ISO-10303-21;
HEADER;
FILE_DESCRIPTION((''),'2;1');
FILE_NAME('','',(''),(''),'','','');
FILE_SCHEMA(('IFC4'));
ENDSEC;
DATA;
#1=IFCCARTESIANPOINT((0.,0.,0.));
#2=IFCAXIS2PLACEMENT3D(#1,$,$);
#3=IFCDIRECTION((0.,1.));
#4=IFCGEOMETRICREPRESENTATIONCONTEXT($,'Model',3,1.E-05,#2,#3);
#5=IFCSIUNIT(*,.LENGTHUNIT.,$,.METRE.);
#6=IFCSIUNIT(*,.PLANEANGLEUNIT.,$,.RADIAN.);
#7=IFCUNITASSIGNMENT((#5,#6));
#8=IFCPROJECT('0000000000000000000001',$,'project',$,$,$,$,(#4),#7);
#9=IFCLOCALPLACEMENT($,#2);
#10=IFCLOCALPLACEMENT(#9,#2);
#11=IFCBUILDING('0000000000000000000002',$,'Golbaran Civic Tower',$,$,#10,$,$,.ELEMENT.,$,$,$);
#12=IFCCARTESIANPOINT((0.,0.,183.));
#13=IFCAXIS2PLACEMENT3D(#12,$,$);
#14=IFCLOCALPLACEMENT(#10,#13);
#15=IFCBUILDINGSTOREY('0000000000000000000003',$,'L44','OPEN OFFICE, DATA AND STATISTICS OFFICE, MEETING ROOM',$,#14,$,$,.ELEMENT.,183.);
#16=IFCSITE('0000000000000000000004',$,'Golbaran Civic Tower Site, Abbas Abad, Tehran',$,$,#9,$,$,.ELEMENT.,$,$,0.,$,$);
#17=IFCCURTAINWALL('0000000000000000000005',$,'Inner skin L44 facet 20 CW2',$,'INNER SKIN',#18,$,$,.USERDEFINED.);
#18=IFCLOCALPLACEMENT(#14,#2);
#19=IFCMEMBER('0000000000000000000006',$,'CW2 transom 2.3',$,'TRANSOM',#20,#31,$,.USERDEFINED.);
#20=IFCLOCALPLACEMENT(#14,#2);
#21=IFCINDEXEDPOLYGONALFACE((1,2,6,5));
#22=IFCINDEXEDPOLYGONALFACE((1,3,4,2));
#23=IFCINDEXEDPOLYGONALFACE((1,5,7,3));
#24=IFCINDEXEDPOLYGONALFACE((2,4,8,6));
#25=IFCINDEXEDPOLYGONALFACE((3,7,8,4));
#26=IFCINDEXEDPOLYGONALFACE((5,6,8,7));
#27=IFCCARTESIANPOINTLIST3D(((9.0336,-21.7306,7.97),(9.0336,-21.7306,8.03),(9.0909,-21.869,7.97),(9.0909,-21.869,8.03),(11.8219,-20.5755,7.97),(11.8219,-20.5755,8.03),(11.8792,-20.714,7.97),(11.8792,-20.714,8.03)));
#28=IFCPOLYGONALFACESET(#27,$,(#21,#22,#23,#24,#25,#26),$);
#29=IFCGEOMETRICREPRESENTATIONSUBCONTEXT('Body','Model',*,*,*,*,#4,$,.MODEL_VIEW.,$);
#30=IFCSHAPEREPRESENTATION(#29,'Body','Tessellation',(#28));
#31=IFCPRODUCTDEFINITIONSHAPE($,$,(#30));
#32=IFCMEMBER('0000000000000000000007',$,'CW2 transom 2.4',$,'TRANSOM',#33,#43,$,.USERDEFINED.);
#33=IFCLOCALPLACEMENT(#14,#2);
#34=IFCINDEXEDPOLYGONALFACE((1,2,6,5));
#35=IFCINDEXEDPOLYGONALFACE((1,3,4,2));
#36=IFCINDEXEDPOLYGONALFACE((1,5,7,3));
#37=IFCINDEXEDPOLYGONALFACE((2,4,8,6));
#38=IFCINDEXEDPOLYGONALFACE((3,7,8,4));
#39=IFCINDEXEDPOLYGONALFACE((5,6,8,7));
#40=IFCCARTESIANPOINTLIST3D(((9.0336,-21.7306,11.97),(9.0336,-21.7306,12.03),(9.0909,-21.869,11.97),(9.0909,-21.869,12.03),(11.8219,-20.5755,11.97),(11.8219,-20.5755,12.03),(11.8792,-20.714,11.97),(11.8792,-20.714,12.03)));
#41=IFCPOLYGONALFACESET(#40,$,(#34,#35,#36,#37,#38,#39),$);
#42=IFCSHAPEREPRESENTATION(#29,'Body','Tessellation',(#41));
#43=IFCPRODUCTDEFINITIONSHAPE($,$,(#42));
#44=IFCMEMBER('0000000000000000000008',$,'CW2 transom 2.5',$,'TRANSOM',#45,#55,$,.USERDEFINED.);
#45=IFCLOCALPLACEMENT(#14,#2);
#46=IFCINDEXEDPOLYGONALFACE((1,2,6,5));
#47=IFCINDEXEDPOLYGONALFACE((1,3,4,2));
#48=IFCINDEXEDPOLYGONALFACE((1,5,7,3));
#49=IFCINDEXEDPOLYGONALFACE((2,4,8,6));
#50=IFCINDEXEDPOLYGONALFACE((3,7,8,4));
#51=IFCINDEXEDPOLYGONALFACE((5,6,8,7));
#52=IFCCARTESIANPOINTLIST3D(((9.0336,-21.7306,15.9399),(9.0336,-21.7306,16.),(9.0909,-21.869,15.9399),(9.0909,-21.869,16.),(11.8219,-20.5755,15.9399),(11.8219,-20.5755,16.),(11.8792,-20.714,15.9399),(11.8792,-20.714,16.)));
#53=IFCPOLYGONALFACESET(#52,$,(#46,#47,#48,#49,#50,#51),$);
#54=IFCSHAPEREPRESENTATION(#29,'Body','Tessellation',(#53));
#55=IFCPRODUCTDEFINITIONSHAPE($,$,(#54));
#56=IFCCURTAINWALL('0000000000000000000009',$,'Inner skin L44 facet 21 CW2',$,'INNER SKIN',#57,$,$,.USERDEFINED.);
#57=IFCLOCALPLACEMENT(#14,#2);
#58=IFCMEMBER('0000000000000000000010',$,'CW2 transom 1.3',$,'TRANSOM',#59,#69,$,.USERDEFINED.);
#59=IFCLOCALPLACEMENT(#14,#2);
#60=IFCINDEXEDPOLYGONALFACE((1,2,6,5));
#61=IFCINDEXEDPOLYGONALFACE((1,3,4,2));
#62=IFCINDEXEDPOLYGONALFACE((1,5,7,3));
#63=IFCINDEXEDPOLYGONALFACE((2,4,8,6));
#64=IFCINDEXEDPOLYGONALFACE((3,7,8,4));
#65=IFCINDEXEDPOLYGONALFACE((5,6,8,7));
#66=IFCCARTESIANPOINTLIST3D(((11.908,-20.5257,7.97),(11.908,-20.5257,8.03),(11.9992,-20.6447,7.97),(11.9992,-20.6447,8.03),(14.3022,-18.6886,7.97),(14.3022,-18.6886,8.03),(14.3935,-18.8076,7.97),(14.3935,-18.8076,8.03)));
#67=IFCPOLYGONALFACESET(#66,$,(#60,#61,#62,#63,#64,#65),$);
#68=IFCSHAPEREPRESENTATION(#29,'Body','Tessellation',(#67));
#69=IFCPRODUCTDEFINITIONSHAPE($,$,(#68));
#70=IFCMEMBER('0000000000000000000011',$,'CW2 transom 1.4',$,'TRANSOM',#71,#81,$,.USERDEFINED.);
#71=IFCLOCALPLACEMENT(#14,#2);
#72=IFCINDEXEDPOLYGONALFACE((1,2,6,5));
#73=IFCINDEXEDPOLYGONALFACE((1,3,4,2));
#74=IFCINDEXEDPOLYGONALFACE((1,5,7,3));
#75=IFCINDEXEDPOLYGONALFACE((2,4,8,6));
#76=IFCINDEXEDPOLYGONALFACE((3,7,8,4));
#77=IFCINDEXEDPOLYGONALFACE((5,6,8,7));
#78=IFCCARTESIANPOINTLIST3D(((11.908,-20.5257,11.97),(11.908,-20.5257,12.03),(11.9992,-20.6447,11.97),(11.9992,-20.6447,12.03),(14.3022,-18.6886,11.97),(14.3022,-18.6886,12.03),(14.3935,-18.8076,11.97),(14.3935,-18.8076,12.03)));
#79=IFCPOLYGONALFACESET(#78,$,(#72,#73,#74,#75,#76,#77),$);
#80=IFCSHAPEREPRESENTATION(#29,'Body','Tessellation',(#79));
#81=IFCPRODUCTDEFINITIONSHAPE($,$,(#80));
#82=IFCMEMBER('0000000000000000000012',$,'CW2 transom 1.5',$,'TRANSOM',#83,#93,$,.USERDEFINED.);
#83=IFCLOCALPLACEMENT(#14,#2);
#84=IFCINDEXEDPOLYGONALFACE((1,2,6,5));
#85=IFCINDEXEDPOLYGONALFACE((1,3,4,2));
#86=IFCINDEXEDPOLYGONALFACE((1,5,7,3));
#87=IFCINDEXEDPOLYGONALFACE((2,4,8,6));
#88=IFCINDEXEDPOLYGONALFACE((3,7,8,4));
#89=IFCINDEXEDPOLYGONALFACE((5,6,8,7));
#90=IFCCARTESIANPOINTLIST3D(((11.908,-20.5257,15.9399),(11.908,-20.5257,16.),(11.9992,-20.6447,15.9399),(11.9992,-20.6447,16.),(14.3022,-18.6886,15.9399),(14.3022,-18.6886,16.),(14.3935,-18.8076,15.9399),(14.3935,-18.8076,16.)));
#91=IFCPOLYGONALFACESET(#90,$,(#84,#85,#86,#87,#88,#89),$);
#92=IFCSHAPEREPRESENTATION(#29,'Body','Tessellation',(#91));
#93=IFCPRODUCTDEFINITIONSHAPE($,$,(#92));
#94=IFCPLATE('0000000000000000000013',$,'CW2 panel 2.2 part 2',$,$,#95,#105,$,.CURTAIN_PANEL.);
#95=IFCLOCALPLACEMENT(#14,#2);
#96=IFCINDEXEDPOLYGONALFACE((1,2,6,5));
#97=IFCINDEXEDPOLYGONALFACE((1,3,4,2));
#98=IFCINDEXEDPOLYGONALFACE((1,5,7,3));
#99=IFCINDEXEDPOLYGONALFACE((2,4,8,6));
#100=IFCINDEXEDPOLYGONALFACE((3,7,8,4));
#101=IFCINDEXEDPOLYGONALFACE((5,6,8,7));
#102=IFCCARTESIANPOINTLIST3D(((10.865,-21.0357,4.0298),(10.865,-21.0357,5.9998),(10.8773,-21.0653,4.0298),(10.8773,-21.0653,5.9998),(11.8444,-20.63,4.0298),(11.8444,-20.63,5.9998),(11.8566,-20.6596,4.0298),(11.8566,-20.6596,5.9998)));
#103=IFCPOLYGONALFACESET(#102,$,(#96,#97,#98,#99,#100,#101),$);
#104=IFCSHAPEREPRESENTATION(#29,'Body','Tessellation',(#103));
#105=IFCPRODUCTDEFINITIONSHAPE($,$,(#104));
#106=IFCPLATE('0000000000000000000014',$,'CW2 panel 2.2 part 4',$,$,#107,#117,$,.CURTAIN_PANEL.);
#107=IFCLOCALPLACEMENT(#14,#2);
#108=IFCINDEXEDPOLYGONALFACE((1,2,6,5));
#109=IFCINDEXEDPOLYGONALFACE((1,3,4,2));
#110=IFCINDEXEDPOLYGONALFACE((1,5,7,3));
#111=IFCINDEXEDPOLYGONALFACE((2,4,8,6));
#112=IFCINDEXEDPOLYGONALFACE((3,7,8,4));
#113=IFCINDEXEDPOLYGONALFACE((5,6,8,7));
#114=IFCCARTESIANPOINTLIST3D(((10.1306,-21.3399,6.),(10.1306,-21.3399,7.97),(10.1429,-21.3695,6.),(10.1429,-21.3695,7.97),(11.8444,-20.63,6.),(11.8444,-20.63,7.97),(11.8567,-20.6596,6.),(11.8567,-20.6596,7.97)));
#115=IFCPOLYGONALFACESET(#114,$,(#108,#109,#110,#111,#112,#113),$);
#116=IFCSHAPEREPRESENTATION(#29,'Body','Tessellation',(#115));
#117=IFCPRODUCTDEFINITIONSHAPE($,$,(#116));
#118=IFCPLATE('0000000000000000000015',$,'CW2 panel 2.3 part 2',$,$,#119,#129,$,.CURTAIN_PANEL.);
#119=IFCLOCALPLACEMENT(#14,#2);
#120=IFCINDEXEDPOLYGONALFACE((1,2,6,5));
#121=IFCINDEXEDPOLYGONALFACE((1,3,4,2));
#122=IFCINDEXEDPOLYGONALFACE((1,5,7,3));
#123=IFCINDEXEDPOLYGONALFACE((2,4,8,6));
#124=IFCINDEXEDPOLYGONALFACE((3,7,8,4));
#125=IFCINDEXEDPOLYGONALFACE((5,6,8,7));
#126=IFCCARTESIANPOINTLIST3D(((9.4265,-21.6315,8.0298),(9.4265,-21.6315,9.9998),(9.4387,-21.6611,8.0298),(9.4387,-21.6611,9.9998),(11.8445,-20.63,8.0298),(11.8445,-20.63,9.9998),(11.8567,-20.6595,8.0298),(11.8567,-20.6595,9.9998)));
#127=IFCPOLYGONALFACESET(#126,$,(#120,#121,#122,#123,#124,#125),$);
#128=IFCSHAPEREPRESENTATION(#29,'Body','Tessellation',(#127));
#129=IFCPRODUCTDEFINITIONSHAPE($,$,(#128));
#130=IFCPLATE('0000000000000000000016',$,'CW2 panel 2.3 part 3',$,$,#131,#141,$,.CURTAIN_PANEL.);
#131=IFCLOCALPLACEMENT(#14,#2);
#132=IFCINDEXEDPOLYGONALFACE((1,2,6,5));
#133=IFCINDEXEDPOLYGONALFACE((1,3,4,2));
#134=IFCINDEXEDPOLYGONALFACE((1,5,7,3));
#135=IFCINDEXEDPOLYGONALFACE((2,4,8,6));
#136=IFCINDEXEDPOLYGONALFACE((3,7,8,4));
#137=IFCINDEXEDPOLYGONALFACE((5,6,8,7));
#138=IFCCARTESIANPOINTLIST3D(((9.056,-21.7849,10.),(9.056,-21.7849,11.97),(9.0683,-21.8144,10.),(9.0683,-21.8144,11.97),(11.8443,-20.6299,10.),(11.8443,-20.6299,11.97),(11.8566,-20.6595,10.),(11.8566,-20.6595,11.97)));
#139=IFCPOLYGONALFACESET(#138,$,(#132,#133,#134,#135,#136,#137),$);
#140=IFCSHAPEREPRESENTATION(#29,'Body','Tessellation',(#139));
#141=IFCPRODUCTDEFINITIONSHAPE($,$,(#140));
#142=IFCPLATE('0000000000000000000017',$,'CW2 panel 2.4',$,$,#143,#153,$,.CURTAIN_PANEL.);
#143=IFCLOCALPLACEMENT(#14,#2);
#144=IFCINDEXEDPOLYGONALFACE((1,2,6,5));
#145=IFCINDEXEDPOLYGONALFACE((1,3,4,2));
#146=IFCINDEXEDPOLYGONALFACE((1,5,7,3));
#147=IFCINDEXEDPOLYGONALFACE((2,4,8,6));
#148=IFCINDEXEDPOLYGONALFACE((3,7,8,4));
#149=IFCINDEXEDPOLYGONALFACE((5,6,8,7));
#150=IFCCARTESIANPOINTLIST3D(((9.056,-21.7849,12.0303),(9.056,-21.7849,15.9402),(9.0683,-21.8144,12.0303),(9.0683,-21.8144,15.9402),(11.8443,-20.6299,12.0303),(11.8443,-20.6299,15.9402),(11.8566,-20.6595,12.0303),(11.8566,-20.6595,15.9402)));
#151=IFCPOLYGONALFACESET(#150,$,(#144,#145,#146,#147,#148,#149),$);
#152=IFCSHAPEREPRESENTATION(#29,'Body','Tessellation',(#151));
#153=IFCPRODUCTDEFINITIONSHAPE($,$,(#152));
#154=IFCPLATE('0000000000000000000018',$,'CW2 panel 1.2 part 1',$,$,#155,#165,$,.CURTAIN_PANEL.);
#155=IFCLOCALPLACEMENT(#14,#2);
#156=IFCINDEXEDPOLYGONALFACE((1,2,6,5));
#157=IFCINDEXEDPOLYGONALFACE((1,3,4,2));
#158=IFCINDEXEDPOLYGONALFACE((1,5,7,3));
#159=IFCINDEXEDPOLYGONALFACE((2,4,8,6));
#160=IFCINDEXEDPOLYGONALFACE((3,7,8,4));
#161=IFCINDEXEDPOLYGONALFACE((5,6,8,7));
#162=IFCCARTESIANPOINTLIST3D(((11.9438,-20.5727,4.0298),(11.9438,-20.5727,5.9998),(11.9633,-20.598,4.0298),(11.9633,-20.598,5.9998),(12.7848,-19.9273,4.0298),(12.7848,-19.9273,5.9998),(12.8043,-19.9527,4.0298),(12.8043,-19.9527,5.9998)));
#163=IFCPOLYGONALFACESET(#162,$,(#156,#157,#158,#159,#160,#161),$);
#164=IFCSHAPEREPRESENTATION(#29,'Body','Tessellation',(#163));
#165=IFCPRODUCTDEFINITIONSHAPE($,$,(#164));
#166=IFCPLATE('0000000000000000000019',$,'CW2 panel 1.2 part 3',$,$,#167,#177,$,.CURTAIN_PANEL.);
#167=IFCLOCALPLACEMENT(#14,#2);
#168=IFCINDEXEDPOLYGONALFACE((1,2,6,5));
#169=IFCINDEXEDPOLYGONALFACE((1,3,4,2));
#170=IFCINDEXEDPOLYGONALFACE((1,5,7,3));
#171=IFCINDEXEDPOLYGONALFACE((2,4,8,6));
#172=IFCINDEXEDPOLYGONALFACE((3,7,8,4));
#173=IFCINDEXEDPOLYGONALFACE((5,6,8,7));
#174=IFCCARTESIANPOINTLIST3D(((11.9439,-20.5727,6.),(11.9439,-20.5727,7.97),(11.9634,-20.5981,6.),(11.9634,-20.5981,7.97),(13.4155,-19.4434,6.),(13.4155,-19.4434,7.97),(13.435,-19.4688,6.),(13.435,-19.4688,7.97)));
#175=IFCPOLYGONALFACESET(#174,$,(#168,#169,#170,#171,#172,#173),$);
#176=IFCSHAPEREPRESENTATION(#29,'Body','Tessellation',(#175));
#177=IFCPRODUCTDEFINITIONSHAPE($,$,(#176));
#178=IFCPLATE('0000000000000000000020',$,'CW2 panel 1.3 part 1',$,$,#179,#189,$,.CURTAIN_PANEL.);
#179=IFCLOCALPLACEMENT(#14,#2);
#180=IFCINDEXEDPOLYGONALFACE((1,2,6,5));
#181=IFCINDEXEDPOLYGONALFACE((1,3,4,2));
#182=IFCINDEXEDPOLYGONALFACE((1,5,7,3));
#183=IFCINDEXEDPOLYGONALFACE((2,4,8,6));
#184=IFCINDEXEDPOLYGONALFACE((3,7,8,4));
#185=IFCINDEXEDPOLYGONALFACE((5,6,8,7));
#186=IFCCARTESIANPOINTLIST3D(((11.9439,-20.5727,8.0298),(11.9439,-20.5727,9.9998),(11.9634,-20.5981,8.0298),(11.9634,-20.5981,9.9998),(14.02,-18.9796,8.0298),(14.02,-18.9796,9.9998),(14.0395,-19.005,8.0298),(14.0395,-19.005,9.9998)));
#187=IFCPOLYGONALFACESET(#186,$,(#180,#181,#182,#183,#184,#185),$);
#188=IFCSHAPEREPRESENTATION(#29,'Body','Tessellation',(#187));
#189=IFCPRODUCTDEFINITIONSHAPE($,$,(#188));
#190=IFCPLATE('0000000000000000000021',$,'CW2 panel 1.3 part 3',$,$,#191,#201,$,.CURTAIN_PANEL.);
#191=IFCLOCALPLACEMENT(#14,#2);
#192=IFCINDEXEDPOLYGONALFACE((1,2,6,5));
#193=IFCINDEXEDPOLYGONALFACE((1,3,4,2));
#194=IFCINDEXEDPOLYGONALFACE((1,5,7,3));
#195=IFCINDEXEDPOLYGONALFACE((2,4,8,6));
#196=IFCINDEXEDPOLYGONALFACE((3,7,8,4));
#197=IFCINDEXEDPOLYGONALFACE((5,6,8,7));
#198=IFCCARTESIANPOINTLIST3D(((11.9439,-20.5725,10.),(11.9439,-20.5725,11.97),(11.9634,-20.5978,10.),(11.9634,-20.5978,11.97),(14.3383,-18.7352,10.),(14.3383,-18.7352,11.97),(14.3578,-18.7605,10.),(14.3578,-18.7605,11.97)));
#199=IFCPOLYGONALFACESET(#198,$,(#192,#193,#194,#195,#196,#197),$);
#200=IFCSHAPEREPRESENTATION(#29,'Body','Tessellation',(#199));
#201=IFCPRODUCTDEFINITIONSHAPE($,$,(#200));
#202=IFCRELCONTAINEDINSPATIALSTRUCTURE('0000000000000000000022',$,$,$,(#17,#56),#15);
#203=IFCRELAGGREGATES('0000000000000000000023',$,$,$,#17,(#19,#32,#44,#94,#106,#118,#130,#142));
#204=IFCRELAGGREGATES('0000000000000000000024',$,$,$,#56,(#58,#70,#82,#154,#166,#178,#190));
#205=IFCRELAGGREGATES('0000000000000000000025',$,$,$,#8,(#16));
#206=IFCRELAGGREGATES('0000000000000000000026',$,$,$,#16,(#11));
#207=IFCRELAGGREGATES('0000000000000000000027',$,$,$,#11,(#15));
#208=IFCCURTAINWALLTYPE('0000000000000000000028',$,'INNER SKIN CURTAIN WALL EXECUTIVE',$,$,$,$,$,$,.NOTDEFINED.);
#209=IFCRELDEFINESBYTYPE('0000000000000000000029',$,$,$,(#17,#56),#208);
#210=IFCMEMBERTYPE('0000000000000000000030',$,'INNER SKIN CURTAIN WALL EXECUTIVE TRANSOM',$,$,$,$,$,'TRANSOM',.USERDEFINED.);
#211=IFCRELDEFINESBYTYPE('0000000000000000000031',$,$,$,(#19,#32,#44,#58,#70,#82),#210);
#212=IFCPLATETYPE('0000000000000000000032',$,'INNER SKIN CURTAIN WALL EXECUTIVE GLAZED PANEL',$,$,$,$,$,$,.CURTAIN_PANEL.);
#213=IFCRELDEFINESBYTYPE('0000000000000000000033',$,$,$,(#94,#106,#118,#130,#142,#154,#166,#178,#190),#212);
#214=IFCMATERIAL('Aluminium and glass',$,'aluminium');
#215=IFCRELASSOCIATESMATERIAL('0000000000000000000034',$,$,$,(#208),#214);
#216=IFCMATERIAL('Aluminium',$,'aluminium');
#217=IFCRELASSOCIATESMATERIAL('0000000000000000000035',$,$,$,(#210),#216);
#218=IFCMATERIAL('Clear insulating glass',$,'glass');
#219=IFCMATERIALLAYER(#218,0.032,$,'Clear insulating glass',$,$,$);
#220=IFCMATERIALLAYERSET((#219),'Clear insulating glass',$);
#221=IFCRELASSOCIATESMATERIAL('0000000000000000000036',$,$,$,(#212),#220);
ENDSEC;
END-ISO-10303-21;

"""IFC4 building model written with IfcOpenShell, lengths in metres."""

from ifc_helpers import new_model, si_unit, direction, frame, origin, origin_2d, place, context, subcontext, project, spatial, rectangle, extrude, material, layer, layer_set, material_profile, profile_set, type_object, element, aggregate, save


model = new_model("IFC4")

# Units and contexts
model_context = context("Model", 3, precision=1e-05, world=origin(), true_north=direction((0.0, 1.0)))
body_context = subcontext(model_context, "Body", "Model", "MODEL_VIEW")
ifc_project = project(units=[si_unit("LENGTHUNIT", "METRE"), si_unit("PLANEANGLEUNIT", "RADIAN")], contexts=[model_context])

# Site, building, storey
site_placement = place(None, origin())
site = spatial("IfcSite", under=ifc_project, at=site_placement, Name="Golbaran Civic Tower Site, Abbas Abad, Tehran", CompositionType="ELEMENT", RefElevation=0.0)
building_placement = place(site_placement, origin())
building = spatial("IfcBuilding", under=site, at=building_placement, Name="Golbaran Civic Tower", CompositionType="ELEMENT")
storey_placement = place(building_placement, frame((0.0, 0.0, 183.0)))
storey = spatial("IfcBuildingStorey", under=building, at=storey_placement, Name="L44", Description="OPEN OFFICE, DATA AND STATISTICS OFFICE, MEETING ROOM", CompositionType="ELEMENT", Elevation=183.0)

# Curtain walls, members
ifc_material_1 = material(Name="Aluminium and glass", Category="aluminium")
curtain_wall_type = type_object("IfcCurtainWallType", Name="INNER SKIN CURTAIN WALL EXECUTIVE", PredefinedType="NOTDEFINED", material=ifc_material_1)
curtain_wall_1_placement = place(storey_placement, origin())
curtain_wall_1 = element("IfcCurtainWall", 1, at=curtain_wall_1_placement, inside=storey, type_object=curtain_wall_type, Name="Inner skin L44 facet 20 CW2", ObjectType="INNER SKIN", PredefinedType="USERDEFINED")
ifc_material_2 = material(Name="Aluminium", Category="aluminium")
ifc_material_profile = material_profile(ifc_material_2, rectangle(XDim=0.1499, YDim=0.0601, at=origin_2d()), Name="INNER SKIN CURTAIN WALL EXECUTIVE TRANSOM")
ifc_profile_set = profile_set([ifc_material_profile], Name="Aluminium")
member_type = type_object("IfcMemberType", Name="INNER SKIN CURTAIN WALL EXECUTIVE TRANSOM", ElementType="TRANSOM", PredefinedType="USERDEFINED", material=ifc_profile_set)
member_1_placement = place(storey_placement, frame((9.0623, -21.7998, 8.0), z_axis=(0.923872, 0.382702, 0.0), x_axis=(-0.382702, 0.923872, 0.0)))
member_1 = element("IfcMember", 2, at=member_1_placement, type_object=member_type, Name="CW2 transom 2.3", ObjectType="TRANSOM", PredefinedType="USERDEFINED", context=body_context, shape_type="SweptSolid", body=[
    extrude(rectangle(XDim=0.1499, YDim=0.0601, at=origin_2d()), origin(), (0.0, 0.0, 1.0), 3.0181),
])
member_2_placement = place(storey_placement, frame((9.0623, -21.7998, 12.0), z_axis=(0.923872, 0.382702, 0.0), x_axis=(-0.382702, 0.923872, 0.0)))
member_2 = element("IfcMember", 3, at=member_2_placement, type_object=member_type, Name="CW2 transom 2.4", ObjectType="TRANSOM", PredefinedType="USERDEFINED", context=body_context, shape_type="SweptSolid", body=[
    extrude(rectangle(XDim=0.1499, YDim=0.0601, at=origin_2d()), origin(), (0.0, 0.0, 1.0), 3.0181),
])
member_3_placement = place(storey_placement, frame((9.0623, -21.7998, 15.97), z_axis=(0.923872, 0.382702, 0.0), x_axis=(-0.382702, 0.923872, 0.0)))
member_3 = element("IfcMember", 4, at=member_3_placement, type_object=member_type, Name="CW2 transom 2.5", ObjectType="TRANSOM", PredefinedType="USERDEFINED", context=body_context, shape_type="SweptSolid", body=[
    extrude(rectangle(XDim=0.1499, YDim=0.0601, at=origin_2d()), origin(), (0.0, 0.0, 1.0), 3.0181),
])
curtain_wall_2_placement = place(storey_placement, origin())
curtain_wall_2 = element("IfcCurtainWall", 5, at=curtain_wall_2_placement, inside=storey, type_object=curtain_wall_type, Name="Inner skin L44 facet 21 CW2", ObjectType="INNER SKIN", PredefinedType="USERDEFINED")
member_4_placement = place(storey_placement, frame((11.9536, -20.5852, 8.0), z_axis=(0.79336, 0.608752, 0.0), x_axis=(-0.608752, 0.79336, 0.0)))
member_4 = element("IfcMember", 6, at=member_4_placement, type_object=member_type, Name="CW2 transom 1.3", ObjectType="TRANSOM", PredefinedType="USERDEFINED", context=body_context, shape_type="SweptSolid", body=[
    extrude(rectangle(XDim=0.1499, YDim=0.0601, at=origin_2d()), origin(), (0.0, 0.0, 1.0), 3.0178),
])
member_5_placement = place(storey_placement, frame((11.9536, -20.5852, 12.0), z_axis=(0.79336, 0.608752, 0.0), x_axis=(-0.608752, 0.79336, 0.0)))
member_5 = element("IfcMember", 7, at=member_5_placement, type_object=member_type, Name="CW2 transom 1.4", ObjectType="TRANSOM", PredefinedType="USERDEFINED", context=body_context, shape_type="SweptSolid", body=[
    extrude(rectangle(XDim=0.1499, YDim=0.0601, at=origin_2d()), origin(), (0.0, 0.0, 1.0), 3.0178),
])
member_6_placement = place(storey_placement, frame((11.9536, -20.5852, 15.97), z_axis=(0.79336, 0.608752, 0.0), x_axis=(-0.608752, 0.79336, 0.0)))
member_6 = element("IfcMember", 8, at=member_6_placement, type_object=member_type, Name="CW2 transom 1.5", ObjectType="TRANSOM", PredefinedType="USERDEFINED", context=body_context, shape_type="SweptSolid", body=[
    extrude(rectangle(XDim=0.1499, YDim=0.0601, at=origin_2d()), origin(), (0.0, 0.0, 1.0), 3.0178),
])

# Plates
ifc_material_3 = material(Name="Clear insulating glass", Category="glass")
ifc_layer_1 = layer(ifc_material_3, 0.032, Name="Clear insulating glass")
ifc_layer_set_1 = layer_set([ifc_layer_1], Name="Clear insulating glass")
plate_type_1 = type_object("IfcPlateType", Name="INNER SKIN CURTAIN WALL EXECUTIVE GLAZED PANEL", PredefinedType="CURTAIN_PANEL", material=ifc_layer_set_1)
plate_1_placement = place(storey_placement, frame((11.3608, -20.8477, 4.0298), z_axis=(0.0, 0.0, 1.0), x_axis=(0.92388, 0.382683, 0.0)))
plate_1 = element("IfcPlate", 9, at=plate_1_placement, type_object=plate_type_1, Name="CW2 panel 2.2 part 2", PredefinedType="CURTAIN_PANEL", context=body_context, shape_type="SweptSolid", body=[
    extrude(rectangle(XDim=1.0601, YDim=0.032, at=origin_2d()), origin(), (0.0, 0.0, 1.0), 1.97),
])
plate_2_placement = place(storey_placement, frame((10.9937, -20.9998, 6.0), z_axis=(0.0, 0.0, 1.0), x_axis=(0.92388, 0.382683, 0.0)))
plate_2 = element("IfcPlate", 10, at=plate_2_placement, type_object=plate_type_1, Name="CW2 panel 2.2 part 4", PredefinedType="CURTAIN_PANEL", context=body_context, shape_type="SweptSolid", body=[
    extrude(rectangle(XDim=1.855, YDim=0.032, at=origin_2d()), origin(), (0.0, 0.0, 1.0), 1.97),
])
plate_3_placement = place(storey_placement, frame((10.6416, -21.1455, 8.0298), z_axis=(0.0, 0.0, 1.0), x_axis=(0.92388, 0.382683, 0.0)))
plate_3 = element("IfcPlate", 11, at=plate_3_placement, type_object=plate_type_1, Name="CW2 panel 2.3 part 2", PredefinedType="CURTAIN_PANEL", context=body_context, shape_type="SweptSolid", body=[
    extrude(rectangle(XDim=2.6172, YDim=0.032, at=origin_2d()), origin(), (0.0, 0.0, 1.0), 1.97),
])
plate_4_placement = place(storey_placement, frame((10.4563, -21.2222, 10.0), z_axis=(0.0, 0.0, 1.0), x_axis=(0.92388, 0.382683, 0.0)))
plate_4 = element("IfcPlate", 12, at=plate_4_placement, type_object=plate_type_1, Name="CW2 panel 2.3 part 3", PredefinedType="CURTAIN_PANEL", context=body_context, shape_type="SweptSolid", body=[
    extrude(rectangle(XDim=3.0181, YDim=0.032, at=origin_2d()), origin(), (0.0, 0.0, 1.0), 1.97),
])
plate_5_placement = place(storey_placement, frame((10.4563, -21.2222, 12.0303), z_axis=(0.0, 0.0, 1.0), x_axis=(0.92388, 0.382683, 0.0)))
plate_5 = element("IfcPlate", 13, at=plate_5_placement, type_object=plate_type_1, Name="CW2 panel 2.4", PredefinedType="CURTAIN_PANEL", context=body_context, shape_type="SweptSolid", body=[
    extrude(rectangle(XDim=3.0181, YDim=0.032, at=origin_2d()), origin(), (0.0, 0.0, 1.0), 3.9099),
])
plate_6_placement = place(storey_placement, frame((12.374, -20.2627, 4.0298), z_axis=(0.0, 0.0, 1.0), x_axis=(0.793353, 0.608761, 0.0)))
plate_6 = element("IfcPlate", 14, at=plate_6_placement, type_object=plate_type_1, Name="CW2 panel 1.2 part 1", PredefinedType="CURTAIN_PANEL", context=body_context, shape_type="SweptSolid", body=[
    extrude(rectangle(XDim=1.0601, YDim=0.032, at=origin_2d()), origin(), (0.0, 0.0, 1.0), 1.97),
])
plate_7_placement = place(storey_placement, frame((12.6895, -20.0208, 6.0), z_axis=(0.0, 0.0, 1.0), x_axis=(0.793353, 0.608761, 0.0)))
plate_7 = element("IfcPlate", 15, at=plate_7_placement, type_object=plate_type_1, Name="CW2 panel 1.2 part 3", PredefinedType="CURTAIN_PANEL", context=body_context, shape_type="SweptSolid", body=[
    extrude(rectangle(XDim=1.855, YDim=0.032, at=origin_2d()), origin(), (0.0, 0.0, 1.0), 1.97),
])
plate_8_placement = place(storey_placement, frame((12.9917, -19.7888, 8.0298), z_axis=(0.0, 0.0, 1.0), x_axis=(0.793353, 0.608761, 0.0)))
plate_8 = element("IfcPlate", 16, at=plate_8_placement, type_object=plate_type_1, Name="CW2 panel 1.3 part 1", PredefinedType="CURTAIN_PANEL", context=body_context, shape_type="SweptSolid", body=[
    extrude(rectangle(XDim=2.6169, YDim=0.032, at=origin_2d()), origin(), (0.0, 0.0, 1.0), 1.97),
])
plate_9_placement = place(storey_placement, frame((13.1509, -19.6665, 10.0), z_axis=(0.0, 0.0, 1.0), x_axis=(0.793353, 0.608761, 0.0)))
plate_9 = element("IfcPlate", 17, at=plate_9_placement, type_object=plate_type_1, Name="CW2 panel 1.3 part 3", PredefinedType="CURTAIN_PANEL", context=body_context, shape_type="SweptSolid", body=[
    extrude(rectangle(XDim=3.0181, YDim=0.032, at=origin_2d()), origin(), (0.0, 0.0, 1.0), 1.97),
])
aggregate(curtain_wall_1, [member_1, member_2, member_3, plate_1, plate_2, plate_3, plate_4, plate_5])
aggregate(curtain_wall_2, [member_4, member_5, member_6, plate_6, plate_7, plate_8, plate_9])

save(model, "model.ifc")
